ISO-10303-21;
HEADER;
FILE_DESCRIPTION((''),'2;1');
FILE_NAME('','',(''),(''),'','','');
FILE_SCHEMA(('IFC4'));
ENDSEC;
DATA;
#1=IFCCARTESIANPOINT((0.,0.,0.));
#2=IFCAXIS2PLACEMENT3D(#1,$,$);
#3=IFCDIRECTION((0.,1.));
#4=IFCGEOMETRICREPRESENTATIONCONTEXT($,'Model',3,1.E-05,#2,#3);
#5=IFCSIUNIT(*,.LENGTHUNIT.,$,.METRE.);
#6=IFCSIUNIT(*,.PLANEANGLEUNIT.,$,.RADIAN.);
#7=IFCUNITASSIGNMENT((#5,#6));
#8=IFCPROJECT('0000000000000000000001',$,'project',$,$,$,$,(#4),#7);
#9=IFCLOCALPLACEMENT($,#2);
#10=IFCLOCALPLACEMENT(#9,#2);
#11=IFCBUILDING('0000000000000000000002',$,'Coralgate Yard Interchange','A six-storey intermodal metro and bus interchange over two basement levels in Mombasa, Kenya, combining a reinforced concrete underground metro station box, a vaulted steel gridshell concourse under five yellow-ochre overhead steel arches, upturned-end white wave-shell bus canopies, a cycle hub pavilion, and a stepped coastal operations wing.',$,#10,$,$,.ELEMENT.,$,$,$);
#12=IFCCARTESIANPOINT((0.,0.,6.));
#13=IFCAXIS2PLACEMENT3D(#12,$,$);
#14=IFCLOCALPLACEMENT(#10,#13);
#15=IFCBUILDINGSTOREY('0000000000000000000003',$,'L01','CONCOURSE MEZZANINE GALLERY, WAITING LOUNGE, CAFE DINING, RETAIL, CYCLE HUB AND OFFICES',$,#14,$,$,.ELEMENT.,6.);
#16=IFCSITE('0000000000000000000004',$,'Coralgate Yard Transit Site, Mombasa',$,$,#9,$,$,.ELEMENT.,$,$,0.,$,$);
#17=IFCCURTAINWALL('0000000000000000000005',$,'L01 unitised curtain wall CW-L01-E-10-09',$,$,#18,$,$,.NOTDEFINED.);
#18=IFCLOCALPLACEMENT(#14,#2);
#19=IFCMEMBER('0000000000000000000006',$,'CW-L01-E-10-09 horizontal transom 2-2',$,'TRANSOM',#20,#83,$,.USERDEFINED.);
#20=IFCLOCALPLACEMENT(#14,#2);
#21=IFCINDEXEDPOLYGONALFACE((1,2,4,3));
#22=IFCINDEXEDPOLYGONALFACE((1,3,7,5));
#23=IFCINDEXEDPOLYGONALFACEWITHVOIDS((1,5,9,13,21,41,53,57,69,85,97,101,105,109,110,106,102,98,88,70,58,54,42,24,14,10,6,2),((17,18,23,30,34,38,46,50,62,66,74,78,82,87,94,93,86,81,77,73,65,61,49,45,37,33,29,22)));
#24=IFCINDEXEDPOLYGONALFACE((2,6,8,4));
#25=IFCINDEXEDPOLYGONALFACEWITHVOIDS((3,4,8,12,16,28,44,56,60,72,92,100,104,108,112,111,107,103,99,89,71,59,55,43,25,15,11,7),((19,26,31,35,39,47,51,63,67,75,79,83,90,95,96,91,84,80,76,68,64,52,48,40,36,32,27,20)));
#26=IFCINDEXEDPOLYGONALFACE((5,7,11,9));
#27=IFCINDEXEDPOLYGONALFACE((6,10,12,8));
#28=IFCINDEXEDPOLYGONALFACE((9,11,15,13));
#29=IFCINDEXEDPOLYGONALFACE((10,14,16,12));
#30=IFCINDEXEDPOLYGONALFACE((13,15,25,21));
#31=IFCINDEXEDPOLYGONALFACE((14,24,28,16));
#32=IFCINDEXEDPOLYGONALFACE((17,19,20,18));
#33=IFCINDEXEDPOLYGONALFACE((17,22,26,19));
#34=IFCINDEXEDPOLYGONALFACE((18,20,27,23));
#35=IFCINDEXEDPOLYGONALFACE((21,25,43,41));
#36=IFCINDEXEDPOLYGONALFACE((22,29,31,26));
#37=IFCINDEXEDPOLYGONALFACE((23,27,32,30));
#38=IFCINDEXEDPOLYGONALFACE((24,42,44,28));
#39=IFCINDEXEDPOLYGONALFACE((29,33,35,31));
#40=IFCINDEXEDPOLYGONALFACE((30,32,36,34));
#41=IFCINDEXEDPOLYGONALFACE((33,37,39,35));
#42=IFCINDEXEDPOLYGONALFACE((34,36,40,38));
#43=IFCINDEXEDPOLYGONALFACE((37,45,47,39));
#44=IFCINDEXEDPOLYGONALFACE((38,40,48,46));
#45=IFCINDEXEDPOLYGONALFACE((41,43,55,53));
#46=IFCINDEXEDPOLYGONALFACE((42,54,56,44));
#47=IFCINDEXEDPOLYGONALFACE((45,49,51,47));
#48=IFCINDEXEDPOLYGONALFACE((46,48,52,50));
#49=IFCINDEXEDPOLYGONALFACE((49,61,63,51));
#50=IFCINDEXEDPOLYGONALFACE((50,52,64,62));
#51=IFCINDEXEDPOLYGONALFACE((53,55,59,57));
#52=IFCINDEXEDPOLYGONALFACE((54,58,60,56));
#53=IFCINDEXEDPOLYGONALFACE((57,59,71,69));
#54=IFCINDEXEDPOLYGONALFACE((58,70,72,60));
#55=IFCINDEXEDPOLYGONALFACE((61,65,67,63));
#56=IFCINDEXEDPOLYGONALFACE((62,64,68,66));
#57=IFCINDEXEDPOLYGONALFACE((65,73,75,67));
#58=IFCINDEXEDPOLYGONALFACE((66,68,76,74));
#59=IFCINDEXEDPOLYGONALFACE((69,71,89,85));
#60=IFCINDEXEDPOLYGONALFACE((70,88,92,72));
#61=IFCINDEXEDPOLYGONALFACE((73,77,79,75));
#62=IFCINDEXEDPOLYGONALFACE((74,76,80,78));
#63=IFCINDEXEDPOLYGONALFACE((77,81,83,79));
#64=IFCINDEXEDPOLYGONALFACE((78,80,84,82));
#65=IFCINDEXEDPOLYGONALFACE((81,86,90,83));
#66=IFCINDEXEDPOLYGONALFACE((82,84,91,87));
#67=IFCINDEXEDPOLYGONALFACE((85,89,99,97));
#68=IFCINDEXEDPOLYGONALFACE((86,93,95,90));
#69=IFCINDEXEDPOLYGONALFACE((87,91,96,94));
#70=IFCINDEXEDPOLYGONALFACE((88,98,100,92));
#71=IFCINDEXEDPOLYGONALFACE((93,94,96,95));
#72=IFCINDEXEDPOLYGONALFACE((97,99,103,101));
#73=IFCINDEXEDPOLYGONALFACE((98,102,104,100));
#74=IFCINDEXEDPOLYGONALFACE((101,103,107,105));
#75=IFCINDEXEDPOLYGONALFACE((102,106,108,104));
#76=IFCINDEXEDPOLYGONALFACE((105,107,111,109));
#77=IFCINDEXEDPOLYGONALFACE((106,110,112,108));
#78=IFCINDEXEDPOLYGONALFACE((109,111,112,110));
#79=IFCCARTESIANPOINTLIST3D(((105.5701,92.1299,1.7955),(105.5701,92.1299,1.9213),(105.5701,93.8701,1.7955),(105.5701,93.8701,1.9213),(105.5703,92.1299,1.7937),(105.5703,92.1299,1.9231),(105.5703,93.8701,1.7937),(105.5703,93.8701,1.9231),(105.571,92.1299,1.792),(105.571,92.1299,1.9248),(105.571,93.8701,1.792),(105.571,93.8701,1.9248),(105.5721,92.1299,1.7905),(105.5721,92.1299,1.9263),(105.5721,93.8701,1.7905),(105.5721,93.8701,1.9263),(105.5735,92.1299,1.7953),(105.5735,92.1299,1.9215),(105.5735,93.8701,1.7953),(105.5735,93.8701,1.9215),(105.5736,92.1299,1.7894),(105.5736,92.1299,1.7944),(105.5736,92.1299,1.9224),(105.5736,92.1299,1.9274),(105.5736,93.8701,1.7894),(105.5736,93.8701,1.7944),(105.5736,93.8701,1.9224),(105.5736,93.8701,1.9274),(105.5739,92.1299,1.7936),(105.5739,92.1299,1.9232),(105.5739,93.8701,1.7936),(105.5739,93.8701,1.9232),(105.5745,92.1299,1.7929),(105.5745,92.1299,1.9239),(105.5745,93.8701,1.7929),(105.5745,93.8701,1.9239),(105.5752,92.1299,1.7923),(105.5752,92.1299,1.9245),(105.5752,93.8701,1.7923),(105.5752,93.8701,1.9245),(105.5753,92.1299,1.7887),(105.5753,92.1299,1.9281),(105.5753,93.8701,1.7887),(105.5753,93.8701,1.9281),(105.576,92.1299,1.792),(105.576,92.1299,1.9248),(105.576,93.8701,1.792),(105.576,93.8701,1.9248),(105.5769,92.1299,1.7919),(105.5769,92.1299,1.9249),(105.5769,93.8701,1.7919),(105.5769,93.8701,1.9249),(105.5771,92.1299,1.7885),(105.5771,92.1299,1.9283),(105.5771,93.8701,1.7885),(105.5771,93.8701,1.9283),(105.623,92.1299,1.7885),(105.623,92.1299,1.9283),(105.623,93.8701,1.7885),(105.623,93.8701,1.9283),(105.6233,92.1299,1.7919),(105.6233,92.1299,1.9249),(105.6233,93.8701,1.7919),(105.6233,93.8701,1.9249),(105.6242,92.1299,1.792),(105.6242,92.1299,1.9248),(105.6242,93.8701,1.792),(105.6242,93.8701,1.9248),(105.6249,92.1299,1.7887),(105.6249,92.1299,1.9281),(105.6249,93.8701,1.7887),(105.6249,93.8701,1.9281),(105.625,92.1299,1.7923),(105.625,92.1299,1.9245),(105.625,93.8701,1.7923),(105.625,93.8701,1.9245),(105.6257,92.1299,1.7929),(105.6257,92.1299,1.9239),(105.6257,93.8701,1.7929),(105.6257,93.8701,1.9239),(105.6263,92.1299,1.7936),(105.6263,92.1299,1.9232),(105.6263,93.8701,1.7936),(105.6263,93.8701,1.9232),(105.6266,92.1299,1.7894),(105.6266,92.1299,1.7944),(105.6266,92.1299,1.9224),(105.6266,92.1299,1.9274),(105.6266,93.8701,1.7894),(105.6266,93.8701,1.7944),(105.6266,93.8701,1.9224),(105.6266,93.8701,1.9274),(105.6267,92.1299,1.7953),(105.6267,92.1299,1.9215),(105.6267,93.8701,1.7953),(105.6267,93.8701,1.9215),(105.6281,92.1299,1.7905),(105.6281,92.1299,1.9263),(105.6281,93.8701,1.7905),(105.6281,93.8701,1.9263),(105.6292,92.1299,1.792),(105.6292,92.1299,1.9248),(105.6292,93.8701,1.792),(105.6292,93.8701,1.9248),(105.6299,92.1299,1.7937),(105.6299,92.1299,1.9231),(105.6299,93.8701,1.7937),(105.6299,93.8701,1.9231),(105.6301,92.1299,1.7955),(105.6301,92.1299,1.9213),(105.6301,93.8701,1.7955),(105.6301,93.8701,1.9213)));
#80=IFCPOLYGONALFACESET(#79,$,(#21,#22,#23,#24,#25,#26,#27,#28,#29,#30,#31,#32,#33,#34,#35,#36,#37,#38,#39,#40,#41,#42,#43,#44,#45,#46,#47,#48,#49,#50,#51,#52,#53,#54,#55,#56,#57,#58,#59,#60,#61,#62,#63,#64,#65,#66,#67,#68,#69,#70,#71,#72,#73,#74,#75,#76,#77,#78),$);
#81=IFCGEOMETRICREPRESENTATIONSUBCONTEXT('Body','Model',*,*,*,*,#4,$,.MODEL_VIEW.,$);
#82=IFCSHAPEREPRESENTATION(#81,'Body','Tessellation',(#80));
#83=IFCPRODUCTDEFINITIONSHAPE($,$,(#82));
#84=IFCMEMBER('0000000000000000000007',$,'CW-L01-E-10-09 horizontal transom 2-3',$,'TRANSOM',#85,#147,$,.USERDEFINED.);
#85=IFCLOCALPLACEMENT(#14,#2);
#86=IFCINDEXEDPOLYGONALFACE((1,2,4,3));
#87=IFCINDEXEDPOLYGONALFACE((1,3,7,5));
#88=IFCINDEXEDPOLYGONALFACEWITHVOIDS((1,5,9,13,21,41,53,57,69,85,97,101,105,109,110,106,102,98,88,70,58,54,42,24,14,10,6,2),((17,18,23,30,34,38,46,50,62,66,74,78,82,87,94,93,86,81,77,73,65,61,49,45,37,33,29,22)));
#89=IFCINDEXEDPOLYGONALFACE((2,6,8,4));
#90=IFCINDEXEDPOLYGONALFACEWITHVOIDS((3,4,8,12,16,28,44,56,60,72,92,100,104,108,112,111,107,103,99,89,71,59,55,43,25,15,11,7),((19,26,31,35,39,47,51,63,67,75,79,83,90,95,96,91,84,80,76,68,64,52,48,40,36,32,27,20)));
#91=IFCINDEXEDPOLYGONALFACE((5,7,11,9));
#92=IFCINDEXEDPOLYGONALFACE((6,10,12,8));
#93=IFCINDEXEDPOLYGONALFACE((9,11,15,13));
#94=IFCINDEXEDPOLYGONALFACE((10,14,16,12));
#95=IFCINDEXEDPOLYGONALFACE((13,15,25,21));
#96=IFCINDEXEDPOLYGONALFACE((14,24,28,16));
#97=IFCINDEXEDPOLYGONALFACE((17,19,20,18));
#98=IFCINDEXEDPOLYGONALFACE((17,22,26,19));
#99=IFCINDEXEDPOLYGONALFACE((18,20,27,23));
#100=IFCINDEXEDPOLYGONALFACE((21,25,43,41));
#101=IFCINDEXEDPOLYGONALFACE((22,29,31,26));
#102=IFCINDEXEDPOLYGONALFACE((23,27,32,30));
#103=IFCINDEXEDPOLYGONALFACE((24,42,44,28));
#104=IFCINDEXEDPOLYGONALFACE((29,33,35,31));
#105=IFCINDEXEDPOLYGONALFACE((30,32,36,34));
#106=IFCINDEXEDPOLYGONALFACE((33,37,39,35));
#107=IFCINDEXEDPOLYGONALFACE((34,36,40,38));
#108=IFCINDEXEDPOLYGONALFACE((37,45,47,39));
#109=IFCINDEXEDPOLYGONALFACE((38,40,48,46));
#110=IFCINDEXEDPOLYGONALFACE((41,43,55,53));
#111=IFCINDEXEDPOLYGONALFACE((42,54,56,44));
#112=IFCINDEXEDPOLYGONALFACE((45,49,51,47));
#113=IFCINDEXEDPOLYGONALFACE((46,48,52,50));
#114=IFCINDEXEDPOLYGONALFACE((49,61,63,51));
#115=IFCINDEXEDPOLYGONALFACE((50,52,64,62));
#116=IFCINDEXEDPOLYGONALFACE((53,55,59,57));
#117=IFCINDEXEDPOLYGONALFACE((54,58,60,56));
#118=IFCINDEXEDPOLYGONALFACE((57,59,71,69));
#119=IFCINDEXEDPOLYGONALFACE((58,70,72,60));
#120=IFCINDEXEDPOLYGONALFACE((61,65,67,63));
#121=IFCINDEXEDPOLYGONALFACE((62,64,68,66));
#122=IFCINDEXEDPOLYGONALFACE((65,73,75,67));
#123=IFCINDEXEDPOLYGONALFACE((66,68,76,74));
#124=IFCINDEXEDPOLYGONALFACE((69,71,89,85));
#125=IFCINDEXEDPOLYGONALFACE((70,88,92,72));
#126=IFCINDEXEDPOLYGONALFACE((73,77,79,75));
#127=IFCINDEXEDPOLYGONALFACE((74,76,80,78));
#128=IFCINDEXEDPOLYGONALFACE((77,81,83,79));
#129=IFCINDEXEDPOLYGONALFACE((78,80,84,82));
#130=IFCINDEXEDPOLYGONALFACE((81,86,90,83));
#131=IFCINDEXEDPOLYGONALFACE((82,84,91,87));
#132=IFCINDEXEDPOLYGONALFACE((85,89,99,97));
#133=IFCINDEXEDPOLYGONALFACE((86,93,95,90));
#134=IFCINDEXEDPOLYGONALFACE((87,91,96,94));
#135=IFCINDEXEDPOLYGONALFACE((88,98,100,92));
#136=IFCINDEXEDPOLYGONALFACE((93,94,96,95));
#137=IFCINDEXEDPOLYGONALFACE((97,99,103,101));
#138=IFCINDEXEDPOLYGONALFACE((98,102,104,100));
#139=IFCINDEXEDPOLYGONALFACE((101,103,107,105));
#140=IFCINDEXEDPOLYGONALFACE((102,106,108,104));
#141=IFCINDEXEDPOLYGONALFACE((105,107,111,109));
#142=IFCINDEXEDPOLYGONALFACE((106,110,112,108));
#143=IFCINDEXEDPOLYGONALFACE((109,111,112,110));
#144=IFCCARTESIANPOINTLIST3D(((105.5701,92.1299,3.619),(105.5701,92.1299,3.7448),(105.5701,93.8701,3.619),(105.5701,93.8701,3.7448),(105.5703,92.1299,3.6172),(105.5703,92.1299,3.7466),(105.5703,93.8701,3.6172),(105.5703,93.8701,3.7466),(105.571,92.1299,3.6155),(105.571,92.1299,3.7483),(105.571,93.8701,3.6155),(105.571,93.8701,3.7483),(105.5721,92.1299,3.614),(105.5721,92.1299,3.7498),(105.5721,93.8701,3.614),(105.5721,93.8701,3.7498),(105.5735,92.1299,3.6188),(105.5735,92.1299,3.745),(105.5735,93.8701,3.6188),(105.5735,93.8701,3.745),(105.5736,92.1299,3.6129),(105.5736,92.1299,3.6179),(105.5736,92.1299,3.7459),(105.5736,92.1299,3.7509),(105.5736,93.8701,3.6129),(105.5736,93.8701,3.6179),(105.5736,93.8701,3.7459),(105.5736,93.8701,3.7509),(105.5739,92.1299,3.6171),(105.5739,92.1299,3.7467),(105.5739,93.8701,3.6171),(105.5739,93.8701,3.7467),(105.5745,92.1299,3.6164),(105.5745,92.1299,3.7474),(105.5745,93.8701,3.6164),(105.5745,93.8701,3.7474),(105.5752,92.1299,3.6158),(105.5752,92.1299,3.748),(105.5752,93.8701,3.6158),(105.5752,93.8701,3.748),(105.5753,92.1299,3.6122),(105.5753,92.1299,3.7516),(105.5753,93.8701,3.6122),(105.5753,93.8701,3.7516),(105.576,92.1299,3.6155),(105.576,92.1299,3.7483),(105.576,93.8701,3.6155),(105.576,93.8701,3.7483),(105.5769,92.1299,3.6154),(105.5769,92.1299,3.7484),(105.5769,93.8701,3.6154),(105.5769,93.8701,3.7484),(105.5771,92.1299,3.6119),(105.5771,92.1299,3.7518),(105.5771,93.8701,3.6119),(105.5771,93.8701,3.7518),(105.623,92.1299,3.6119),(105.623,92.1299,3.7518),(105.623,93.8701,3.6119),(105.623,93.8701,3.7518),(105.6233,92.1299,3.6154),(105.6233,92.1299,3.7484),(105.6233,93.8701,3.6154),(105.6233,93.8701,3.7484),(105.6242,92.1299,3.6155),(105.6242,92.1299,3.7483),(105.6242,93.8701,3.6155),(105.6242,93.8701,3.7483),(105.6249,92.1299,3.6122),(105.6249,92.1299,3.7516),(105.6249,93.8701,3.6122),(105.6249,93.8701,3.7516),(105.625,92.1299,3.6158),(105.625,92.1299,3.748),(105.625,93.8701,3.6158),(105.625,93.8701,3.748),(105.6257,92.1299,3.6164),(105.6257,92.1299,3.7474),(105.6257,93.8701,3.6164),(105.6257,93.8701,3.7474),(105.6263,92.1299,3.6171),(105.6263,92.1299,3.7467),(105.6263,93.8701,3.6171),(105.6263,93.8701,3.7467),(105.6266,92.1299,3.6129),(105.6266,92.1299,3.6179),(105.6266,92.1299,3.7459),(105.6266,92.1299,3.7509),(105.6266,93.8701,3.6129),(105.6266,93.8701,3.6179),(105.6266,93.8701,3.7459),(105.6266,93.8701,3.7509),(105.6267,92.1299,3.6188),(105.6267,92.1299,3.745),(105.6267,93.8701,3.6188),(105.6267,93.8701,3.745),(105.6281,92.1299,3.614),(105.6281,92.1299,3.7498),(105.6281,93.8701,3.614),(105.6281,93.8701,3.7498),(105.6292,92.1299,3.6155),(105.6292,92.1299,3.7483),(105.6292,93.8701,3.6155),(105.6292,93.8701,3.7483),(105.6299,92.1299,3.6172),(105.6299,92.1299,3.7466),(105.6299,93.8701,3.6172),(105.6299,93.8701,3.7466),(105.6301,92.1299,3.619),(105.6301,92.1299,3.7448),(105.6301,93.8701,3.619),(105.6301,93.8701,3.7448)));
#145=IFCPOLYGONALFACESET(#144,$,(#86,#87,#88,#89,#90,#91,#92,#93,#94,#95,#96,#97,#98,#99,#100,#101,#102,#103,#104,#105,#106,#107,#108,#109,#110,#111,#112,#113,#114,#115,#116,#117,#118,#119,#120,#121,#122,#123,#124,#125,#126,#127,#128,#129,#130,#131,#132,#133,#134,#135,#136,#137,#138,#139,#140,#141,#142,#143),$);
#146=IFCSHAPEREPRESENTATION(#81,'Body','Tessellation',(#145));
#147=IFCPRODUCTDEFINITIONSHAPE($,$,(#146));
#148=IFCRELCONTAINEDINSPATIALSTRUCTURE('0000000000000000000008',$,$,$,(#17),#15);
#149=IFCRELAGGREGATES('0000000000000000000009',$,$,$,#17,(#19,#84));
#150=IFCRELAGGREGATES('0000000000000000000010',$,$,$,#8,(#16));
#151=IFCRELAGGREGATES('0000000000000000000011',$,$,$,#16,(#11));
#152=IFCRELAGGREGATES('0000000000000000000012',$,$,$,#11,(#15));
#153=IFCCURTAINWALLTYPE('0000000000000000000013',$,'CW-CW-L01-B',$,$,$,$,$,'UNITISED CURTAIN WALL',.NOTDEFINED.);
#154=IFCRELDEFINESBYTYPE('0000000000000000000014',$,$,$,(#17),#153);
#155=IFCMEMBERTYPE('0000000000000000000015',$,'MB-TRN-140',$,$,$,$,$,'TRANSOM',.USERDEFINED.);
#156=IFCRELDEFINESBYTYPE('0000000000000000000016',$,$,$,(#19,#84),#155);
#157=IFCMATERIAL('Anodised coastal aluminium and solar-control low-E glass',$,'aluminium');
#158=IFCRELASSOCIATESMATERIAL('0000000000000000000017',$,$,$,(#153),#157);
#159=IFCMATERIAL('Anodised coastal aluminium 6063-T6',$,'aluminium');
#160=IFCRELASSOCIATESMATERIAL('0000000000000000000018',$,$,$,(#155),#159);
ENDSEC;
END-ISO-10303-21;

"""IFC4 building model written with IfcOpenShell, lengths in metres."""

from ifc_helpers import new_model, si_unit, direction, frame, origin, origin_2d, place, context, subcontext, project, spatial, hollow_rectangle, extrude, material, material_profile, profile_set, type_object, element, aggregate, save


model = new_model("IFC4")

# Units and contexts
model_context = context("Model", 3, precision=1e-05, world=origin(), true_north=direction((0.0, 1.0)))
body_context = subcontext(model_context, "Body", "Model", "MODEL_VIEW")
ifc_project = project(units=[si_unit("LENGTHUNIT", "METRE"), si_unit("PLANEANGLEUNIT", "RADIAN")], contexts=[model_context])

# Site, building, storey
site_placement = place(None, origin())
site = spatial("IfcSite", under=ifc_project, at=site_placement, Name="Coralgate Yard Transit Site, Mombasa", CompositionType="ELEMENT", RefElevation=0.0)
building_placement = place(site_placement, origin())
building = spatial("IfcBuilding", under=site, at=building_placement, Name="Coralgate Yard Interchange", Description="A six-storey intermodal metro and bus interchange over two basement levels in Mombasa, Kenya, combining a reinforced concrete underground metro station box, a vaulted steel gridshell concourse under five yellow-ochre overhead steel arches, upturned-end white wave-shell bus canopies, a cycle hub pavilion, and a stepped coastal operations wing.", CompositionType="ELEMENT")
storey_placement = place(building_placement, frame((0.0, 0.0, 6.0)))
storey = spatial("IfcBuildingStorey", under=building, at=storey_placement, Name="L01", Description="CONCOURSE MEZZANINE GALLERY, WAITING LOUNGE, CAFE DINING, RETAIL, CYCLE HUB AND OFFICES", CompositionType="ELEMENT", Elevation=6.0)

# Curtain wall, members
ifc_material_1 = material(Name="Anodised coastal aluminium and solar-control low-E glass", Category="aluminium")
curtain_wall_type = type_object("IfcCurtainWallType", Name="CW-CW-L01-B", ElementType="UNITISED CURTAIN WALL", PredefinedType="NOTDEFINED", material=ifc_material_1)
curtain_wall_placement = place(storey_placement, origin())
curtain_wall = element("IfcCurtainWall", 1, at=curtain_wall_placement, inside=storey, type_object=curtain_wall_type, Name="L01 unitised curtain wall CW-L01-E-10-09", PredefinedType="NOTDEFINED")
ifc_material_2 = material(Name="Anodised coastal aluminium 6063-T6", Category="aluminium")
ifc_material_profile_1 = material_profile(ifc_material_2, hollow_rectangle(XDim=0.0601, YDim=0.1399, WallThickness=0.0034, InnerFilletRadius=0.0034, OuterFilletRadius=0.0071, at=origin_2d()), Name="ALU 60x140x3.5")
ifc_profile_set_1 = profile_set([ifc_material_profile_1], Name="Anodised coastal aluminium 6063-T6")
member_type_1 = type_object("IfcMemberType", Name="MB-TRN-140", ElementType="TRANSOM", PredefinedType="USERDEFINED", material=ifc_profile_set_1)
member_1_placement = place(storey_placement, frame((105.6001, 93.8701, 1.8584), z_axis=(0.0, -1.0, 0.0), x_axis=(1.0, 0.0, 0.0)))
member_1 = element("IfcMember", 2, at=member_1_placement, type_object=member_type_1, Name="CW-L01-E-10-09 horizontal transom 2-2", ObjectType="TRANSOM", PredefinedType="USERDEFINED", context=body_context, shape_type="SweptSolid", body=[
    extrude(hollow_rectangle(XDim=0.0601, YDim=0.1399, WallThickness=0.0034, InnerFilletRadius=0.0034, OuterFilletRadius=0.0071, at=origin_2d()), origin(), (0.0, 0.0, 1.0), 1.7402),
])
member_2_placement = place(storey_placement, frame((105.6001, 93.8701, 3.6819), z_axis=(0.0, -1.0, 0.0), x_axis=(1.0, 0.0, 0.0)))
member_2 = element("IfcMember", 3, at=member_2_placement, type_object=member_type_1, Name="CW-L01-E-10-09 horizontal transom 2-3", ObjectType="TRANSOM", PredefinedType="USERDEFINED", context=body_context, shape_type="SweptSolid", body=[
    extrude(hollow_rectangle(XDim=0.0601, YDim=0.1399, WallThickness=0.0034, InnerFilletRadius=0.0034, OuterFilletRadius=0.0071, at=origin_2d()), origin(), (0.0, 0.0, 1.0), 1.7402),
])
aggregate(curtain_wall, [member_1, member_2])

save(model, "model.ifc")
